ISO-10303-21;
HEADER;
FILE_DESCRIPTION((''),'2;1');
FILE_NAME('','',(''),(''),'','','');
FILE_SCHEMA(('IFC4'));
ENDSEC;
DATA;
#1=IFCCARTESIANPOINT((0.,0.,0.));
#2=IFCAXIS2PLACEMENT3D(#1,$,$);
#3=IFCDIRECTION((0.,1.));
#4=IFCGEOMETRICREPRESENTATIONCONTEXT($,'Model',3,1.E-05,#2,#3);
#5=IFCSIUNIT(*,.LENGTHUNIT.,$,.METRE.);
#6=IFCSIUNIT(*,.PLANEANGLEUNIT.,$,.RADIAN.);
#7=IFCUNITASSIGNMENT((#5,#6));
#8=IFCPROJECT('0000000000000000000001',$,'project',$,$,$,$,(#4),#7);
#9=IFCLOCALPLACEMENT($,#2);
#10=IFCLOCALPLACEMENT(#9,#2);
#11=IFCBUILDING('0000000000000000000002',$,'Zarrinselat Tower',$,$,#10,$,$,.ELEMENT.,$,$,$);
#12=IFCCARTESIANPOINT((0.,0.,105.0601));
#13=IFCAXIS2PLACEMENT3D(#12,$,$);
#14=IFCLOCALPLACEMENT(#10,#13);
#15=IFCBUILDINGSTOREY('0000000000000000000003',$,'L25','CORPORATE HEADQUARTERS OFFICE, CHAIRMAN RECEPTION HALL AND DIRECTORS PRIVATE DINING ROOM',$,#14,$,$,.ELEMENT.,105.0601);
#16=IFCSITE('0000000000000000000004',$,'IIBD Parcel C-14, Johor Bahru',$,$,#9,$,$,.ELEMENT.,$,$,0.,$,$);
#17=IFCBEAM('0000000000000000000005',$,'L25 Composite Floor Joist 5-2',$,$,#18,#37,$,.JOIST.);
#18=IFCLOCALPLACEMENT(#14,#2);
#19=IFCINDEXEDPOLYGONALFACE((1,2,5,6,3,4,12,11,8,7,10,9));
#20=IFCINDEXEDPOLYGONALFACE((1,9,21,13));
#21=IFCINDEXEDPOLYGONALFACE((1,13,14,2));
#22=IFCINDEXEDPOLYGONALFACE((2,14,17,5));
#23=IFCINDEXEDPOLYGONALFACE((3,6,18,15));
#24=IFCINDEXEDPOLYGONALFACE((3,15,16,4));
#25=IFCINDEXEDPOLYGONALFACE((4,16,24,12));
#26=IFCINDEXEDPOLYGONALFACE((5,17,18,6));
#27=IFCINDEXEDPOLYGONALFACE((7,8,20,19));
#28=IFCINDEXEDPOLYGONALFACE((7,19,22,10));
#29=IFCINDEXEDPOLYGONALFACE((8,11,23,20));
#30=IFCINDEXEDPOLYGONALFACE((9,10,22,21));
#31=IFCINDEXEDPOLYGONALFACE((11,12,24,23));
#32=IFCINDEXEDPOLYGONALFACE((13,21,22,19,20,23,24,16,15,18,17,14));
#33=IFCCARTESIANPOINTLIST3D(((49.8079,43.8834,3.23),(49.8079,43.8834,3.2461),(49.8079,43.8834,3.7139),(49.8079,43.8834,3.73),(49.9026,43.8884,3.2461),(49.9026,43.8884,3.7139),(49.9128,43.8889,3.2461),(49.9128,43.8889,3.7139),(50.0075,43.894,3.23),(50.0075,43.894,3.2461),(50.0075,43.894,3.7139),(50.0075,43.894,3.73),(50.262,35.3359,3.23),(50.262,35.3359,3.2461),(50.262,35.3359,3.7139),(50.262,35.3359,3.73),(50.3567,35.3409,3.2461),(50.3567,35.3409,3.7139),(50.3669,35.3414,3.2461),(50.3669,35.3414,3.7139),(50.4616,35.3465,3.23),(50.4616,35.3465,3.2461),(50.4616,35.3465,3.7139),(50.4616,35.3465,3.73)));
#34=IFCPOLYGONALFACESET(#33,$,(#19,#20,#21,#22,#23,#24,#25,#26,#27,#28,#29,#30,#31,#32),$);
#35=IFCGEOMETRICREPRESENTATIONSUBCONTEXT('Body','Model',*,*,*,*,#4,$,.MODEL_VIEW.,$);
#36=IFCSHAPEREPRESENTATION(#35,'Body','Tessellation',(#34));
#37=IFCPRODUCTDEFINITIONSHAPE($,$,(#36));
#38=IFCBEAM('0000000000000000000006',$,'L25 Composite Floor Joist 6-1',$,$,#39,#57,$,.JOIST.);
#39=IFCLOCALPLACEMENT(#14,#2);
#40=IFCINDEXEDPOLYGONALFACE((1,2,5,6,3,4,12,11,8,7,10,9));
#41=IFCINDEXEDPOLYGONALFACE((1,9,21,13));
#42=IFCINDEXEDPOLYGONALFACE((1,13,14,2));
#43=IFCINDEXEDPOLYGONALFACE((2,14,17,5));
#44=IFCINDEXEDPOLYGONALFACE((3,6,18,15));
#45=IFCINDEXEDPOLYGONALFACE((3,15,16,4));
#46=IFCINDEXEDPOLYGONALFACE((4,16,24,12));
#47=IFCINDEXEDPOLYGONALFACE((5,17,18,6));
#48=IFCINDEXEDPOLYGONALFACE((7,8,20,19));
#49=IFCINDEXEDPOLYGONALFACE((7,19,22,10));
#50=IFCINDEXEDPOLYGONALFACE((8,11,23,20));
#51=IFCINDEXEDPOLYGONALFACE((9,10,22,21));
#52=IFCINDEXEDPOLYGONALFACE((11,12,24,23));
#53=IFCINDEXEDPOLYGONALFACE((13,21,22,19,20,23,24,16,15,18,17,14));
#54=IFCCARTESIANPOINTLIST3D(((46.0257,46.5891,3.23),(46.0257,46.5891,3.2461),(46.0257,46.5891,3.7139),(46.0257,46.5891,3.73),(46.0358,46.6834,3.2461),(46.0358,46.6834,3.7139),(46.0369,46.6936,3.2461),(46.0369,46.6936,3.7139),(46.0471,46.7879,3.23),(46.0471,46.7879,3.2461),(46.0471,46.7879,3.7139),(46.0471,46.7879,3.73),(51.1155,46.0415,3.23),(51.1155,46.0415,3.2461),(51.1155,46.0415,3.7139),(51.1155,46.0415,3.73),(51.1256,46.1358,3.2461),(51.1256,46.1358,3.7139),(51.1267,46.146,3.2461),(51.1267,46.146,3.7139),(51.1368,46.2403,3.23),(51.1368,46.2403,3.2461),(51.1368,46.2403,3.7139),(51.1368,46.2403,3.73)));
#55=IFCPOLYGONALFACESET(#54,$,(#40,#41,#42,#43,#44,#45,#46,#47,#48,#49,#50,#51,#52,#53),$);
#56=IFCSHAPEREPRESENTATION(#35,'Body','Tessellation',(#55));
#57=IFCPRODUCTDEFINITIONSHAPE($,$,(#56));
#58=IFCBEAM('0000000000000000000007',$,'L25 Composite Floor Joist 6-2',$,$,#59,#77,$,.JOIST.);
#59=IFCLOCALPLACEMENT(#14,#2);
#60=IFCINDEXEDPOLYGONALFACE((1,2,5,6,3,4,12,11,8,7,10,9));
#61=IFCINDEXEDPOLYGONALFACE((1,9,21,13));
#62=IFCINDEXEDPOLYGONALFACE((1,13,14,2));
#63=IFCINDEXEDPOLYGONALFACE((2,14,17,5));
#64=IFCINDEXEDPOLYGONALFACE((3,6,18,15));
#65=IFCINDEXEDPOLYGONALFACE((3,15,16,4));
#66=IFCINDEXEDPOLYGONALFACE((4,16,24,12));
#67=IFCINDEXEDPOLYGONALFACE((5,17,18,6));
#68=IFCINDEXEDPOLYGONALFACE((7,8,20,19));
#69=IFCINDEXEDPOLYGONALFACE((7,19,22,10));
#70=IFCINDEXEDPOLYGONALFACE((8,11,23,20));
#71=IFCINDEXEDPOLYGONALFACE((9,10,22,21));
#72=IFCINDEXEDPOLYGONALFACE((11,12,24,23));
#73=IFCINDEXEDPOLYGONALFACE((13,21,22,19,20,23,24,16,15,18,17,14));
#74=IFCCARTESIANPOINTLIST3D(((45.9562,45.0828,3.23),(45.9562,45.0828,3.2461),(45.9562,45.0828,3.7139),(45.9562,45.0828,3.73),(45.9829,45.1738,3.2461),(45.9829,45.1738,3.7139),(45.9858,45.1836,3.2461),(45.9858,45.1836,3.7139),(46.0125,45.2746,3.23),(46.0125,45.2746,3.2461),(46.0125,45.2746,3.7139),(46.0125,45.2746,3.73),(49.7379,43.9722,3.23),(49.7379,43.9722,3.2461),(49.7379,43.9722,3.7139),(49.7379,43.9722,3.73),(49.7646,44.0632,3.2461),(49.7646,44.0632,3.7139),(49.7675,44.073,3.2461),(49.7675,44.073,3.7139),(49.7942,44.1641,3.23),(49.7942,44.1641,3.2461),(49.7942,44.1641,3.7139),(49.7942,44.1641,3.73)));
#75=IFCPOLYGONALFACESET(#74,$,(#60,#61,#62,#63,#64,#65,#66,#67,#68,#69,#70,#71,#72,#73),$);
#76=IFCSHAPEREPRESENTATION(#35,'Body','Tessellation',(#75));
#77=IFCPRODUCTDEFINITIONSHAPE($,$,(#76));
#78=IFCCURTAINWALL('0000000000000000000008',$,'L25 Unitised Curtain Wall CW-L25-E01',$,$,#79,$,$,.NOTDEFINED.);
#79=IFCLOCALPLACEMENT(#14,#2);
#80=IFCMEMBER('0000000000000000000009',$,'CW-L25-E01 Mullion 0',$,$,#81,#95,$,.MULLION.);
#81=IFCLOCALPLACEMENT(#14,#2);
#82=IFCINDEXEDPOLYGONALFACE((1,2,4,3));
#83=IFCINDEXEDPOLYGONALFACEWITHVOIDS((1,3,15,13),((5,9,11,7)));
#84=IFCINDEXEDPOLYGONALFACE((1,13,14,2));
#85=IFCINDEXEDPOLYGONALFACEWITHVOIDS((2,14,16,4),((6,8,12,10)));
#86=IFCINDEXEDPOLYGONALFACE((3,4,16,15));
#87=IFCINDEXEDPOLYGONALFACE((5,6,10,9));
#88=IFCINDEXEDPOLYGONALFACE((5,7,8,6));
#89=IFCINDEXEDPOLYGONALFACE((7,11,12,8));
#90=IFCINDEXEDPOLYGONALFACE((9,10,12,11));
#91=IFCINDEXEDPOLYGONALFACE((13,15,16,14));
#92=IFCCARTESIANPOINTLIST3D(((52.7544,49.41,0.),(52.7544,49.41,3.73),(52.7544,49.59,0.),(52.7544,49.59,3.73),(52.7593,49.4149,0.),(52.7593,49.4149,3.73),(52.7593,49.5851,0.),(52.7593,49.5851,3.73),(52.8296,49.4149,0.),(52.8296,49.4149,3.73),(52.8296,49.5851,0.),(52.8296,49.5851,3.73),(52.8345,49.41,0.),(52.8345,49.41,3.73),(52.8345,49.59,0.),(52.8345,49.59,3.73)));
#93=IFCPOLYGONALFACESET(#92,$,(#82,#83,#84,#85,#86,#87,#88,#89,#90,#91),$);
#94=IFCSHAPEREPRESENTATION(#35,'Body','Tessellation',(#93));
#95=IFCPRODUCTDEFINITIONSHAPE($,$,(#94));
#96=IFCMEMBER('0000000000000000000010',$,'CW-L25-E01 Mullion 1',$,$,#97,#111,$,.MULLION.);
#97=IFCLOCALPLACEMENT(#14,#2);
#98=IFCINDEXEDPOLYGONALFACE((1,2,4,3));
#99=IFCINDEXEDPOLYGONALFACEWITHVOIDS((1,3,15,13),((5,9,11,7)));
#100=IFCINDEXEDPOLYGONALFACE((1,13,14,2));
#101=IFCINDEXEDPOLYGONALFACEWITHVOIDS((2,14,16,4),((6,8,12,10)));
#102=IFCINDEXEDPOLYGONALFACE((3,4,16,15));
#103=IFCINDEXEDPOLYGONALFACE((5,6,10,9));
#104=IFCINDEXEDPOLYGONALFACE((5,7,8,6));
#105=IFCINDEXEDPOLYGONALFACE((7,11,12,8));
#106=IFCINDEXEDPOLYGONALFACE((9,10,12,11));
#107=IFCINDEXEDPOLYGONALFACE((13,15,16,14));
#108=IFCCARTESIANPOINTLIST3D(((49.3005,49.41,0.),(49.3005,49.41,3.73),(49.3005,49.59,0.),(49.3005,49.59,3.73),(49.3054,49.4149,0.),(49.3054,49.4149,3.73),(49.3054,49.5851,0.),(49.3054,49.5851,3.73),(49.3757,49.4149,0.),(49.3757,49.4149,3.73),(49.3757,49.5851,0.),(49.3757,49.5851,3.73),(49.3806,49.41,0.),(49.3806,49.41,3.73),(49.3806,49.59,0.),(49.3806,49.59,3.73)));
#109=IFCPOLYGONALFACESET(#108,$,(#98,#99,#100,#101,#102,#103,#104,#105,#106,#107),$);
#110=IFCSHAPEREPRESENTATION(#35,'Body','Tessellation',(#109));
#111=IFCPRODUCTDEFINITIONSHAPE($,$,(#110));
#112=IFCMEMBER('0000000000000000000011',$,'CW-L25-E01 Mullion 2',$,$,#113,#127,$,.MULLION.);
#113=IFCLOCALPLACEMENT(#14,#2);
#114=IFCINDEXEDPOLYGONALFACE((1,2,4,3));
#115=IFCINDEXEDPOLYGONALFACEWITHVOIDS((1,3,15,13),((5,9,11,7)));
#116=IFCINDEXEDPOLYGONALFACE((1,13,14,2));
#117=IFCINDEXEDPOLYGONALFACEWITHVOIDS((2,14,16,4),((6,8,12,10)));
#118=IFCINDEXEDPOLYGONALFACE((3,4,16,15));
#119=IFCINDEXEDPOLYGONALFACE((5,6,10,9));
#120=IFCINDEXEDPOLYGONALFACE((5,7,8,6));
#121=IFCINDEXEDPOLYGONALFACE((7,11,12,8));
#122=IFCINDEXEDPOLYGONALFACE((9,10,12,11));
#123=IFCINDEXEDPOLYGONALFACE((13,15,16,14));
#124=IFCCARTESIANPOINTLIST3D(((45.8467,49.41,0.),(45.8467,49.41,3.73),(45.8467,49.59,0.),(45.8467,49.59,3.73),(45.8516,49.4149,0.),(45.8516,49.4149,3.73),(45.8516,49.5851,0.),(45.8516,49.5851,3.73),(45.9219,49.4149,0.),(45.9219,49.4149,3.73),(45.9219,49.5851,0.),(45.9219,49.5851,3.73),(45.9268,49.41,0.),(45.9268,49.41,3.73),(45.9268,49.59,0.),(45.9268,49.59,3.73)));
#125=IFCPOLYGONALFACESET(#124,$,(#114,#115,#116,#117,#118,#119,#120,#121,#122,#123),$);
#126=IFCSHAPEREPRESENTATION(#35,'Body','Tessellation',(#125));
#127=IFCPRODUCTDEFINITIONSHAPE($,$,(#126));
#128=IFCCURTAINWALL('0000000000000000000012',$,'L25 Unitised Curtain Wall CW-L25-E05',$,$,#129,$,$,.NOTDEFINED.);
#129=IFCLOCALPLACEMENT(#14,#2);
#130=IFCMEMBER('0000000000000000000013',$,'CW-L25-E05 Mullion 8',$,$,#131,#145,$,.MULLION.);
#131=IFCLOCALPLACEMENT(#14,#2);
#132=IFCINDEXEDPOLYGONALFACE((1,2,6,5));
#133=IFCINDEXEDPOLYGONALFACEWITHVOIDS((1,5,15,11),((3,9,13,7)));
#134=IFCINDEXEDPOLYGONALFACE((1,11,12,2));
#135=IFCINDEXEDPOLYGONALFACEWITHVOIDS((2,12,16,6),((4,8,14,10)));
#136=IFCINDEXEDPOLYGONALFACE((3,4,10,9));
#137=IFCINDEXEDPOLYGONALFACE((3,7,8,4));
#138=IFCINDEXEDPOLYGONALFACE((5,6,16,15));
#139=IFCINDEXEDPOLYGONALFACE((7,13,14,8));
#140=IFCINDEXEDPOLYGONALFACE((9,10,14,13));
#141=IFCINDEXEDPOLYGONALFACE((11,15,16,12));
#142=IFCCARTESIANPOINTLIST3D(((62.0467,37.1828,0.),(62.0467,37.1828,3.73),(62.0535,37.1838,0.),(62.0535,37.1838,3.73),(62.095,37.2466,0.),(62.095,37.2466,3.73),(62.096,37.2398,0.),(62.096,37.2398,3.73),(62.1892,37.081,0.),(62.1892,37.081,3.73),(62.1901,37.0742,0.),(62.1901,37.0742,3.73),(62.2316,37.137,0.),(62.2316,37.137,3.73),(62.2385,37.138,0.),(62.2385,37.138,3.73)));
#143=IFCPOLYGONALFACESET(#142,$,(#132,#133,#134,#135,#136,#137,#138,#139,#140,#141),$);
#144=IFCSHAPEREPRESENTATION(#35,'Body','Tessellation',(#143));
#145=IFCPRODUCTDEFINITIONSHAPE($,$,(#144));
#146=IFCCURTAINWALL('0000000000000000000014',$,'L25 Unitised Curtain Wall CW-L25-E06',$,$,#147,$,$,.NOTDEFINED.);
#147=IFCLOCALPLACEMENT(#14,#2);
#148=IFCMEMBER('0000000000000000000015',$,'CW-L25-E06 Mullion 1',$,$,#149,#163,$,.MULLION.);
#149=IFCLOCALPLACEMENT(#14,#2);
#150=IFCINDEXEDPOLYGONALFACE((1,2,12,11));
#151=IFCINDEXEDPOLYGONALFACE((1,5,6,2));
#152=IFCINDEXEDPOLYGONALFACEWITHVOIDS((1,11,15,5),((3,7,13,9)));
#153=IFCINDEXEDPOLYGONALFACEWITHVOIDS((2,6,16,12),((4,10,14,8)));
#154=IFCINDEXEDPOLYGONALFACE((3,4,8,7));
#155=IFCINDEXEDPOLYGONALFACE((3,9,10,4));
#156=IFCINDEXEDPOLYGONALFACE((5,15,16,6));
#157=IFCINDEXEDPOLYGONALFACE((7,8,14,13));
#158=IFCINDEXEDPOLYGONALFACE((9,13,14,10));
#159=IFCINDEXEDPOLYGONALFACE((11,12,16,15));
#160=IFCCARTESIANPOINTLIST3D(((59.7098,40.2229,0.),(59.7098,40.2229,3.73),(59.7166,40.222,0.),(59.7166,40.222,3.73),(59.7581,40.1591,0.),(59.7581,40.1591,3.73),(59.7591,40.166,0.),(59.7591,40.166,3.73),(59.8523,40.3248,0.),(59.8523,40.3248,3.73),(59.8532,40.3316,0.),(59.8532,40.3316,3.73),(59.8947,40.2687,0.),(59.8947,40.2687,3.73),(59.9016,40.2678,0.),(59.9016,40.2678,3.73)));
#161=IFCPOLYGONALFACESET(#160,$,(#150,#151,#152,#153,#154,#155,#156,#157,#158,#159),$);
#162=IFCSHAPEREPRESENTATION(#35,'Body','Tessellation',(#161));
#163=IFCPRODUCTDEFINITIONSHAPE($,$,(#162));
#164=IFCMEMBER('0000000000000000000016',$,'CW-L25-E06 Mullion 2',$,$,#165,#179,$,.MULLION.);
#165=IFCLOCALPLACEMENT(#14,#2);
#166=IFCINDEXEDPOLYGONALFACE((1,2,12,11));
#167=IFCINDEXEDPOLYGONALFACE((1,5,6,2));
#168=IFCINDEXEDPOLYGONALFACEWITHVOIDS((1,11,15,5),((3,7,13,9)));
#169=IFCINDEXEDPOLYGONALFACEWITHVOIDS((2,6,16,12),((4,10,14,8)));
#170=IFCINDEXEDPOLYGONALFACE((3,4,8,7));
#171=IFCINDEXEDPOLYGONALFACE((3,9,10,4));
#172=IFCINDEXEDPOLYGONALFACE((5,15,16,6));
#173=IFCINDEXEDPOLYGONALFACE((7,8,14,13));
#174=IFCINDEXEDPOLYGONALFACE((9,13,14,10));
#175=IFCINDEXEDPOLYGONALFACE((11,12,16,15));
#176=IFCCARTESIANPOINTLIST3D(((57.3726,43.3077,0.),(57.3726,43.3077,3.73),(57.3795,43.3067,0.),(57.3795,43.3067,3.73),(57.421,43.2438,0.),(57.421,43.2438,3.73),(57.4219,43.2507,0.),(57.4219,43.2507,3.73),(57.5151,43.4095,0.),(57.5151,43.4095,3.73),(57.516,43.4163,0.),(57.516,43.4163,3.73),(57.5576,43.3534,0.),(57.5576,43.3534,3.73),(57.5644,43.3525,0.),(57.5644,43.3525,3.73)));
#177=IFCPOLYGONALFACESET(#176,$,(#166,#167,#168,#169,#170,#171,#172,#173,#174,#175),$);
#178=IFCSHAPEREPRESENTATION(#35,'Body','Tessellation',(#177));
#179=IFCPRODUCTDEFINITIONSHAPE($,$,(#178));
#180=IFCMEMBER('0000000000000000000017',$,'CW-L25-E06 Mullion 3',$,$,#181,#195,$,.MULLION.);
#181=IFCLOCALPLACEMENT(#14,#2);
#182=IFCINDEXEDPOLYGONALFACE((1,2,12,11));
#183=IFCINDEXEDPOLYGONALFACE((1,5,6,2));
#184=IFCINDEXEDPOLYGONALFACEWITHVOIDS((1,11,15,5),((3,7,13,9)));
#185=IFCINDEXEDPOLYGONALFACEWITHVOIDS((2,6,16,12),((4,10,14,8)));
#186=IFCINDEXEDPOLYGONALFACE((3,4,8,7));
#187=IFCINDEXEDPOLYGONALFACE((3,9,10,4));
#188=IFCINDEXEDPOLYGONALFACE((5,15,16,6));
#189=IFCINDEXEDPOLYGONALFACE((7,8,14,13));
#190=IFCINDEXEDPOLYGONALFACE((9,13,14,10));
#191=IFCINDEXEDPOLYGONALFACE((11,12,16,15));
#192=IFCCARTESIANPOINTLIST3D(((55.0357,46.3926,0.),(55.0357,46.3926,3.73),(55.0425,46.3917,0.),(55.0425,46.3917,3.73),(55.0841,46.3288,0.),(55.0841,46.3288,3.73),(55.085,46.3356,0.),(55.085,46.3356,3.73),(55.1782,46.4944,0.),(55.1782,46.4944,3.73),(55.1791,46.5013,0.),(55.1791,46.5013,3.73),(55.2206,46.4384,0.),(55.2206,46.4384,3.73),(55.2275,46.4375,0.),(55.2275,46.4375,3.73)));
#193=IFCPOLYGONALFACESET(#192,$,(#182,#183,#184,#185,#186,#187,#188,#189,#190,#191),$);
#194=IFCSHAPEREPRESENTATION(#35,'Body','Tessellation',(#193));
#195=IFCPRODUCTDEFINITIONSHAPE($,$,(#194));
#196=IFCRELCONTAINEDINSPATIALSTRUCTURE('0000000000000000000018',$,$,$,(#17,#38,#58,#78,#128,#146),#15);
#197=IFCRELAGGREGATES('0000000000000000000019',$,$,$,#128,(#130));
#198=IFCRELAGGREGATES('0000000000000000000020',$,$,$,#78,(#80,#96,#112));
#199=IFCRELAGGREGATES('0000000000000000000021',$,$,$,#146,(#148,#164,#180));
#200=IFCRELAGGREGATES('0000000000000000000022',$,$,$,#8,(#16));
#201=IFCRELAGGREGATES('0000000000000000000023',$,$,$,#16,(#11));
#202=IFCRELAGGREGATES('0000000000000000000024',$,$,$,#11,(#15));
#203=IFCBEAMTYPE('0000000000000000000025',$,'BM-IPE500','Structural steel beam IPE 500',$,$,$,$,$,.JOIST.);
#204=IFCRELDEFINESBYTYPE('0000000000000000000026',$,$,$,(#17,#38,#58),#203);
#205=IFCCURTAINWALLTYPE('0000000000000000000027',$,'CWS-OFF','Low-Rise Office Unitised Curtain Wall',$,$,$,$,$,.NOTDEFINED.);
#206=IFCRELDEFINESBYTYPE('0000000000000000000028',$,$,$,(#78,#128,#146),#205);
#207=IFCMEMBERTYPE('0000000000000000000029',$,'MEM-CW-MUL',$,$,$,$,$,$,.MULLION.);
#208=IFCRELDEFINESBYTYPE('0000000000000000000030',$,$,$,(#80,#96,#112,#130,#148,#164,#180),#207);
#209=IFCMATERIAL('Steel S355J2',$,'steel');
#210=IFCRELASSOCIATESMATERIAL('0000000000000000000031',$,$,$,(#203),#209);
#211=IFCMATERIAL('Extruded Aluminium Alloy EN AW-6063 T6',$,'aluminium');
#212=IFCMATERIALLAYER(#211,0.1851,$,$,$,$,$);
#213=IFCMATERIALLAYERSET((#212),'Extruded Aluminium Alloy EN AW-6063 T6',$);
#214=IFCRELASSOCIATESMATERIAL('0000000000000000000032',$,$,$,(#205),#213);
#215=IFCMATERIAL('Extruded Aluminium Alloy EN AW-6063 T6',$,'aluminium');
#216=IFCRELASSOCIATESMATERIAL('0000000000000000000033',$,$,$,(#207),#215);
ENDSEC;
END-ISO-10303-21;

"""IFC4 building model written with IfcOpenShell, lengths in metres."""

from ifc_helpers import new_model, si_unit, direction, frame, origin, origin_2d, place, context, subcontext, project, spatial, hollow_rectangle, i_section, extrude, material, layer, layer_set, material_profile, profile_set, type_object, element, aggregate, save


model = new_model("IFC4")

# Units and contexts
model_context = context("Model", 3, precision=1e-05, world=origin(), true_north=direction((0.0, 1.0)))
body_context = subcontext(model_context, "Body", "Model", "MODEL_VIEW")
ifc_project = project(units=[si_unit("LENGTHUNIT", "METRE"), si_unit("PLANEANGLEUNIT", "RADIAN")], contexts=[model_context])

# Site, building, storey
site_placement = place(None, origin())
site = spatial("IfcSite", under=ifc_project, at=site_placement, Name="IIBD Parcel C-14, Johor Bahru", CompositionType="ELEMENT", RefElevation=0.0)
building_placement = place(site_placement, origin())
building = spatial("IfcBuilding", under=site, at=building_placement, Name="Zarrinselat Tower", CompositionType="ELEMENT")
storey_placement = place(building_placement, frame((0.0, 0.0, 105.0601)))
storey = spatial("IfcBuildingStorey", under=building, at=storey_placement, Name="L25", Description="CORPORATE HEADQUARTERS OFFICE, CHAIRMAN RECEPTION HALL AND DIRECTORS PRIVATE DINING ROOM", CompositionType="ELEMENT", Elevation=105.0601)

# Beams
ifc_material_1 = material(Name="Steel S355J2", Category="steel")
ifc_material_profile_1 = material_profile(ifc_material_1, i_section(OverallWidth=0.2, OverallDepth=0.5, WebThickness=0.0103, FlangeThickness=0.0161, at=origin_2d()), Name="IPE 500")
ifc_profile_set_1 = profile_set([ifc_material_profile_1], Name="Steel S355J2")
beam_type_1 = type_object("IfcBeamType", Name="BM-IPE500", Description="Structural steel beam IPE 500", PredefinedType="JOIST", material=ifc_profile_set_1)
beam_1_placement = place(storey_placement, frame((49.9077, 43.8887, 3.48), z_axis=(0.053051, -0.998592, 0.0), x_axis=(0.998592, 0.053051, 0.0)))
element("IfcBeam", 1, at=beam_1_placement, inside=storey, type_object=beam_type_1, Name="L25 Composite Floor Joist 5-2", PredefinedType="JOIST", context=body_context, shape_type="SweptSolid", body=[
    extrude(i_section(OverallWidth=0.2, OverallDepth=0.5, WebThickness=0.0103, FlangeThickness=0.0161, at=origin_2d()), origin(), (0.0, 0.0, 1.0), 8.5596),
])
beam_2_placement = place(storey_placement, frame((46.0364, 46.6885, 3.48), z_axis=(0.994262, -0.106971, 0.0), x_axis=(0.106971, 0.994262, 0.0)))
element("IfcBeam", 2, at=beam_2_placement, inside=storey, type_object=beam_type_1, Name="L25 Composite Floor Joist 6-1", PredefinedType="JOIST", context=body_context, shape_type="SweptSolid", body=[
    extrude(i_section(OverallWidth=0.2, OverallDepth=0.5, WebThickness=0.0103, FlangeThickness=0.0161, at=origin_2d()), origin(), (0.0, 0.0, 1.0), 5.1191),
])
beam_3_placement = place(storey_placement, frame((45.9844, 45.1787, 3.48), z_axis=(0.959481, -0.281774, 0.0), x_axis=(0.281774, 0.959481, 0.0)))
element("IfcBeam", 3, at=beam_3_placement, inside=storey, type_object=beam_type_1, Name="L25 Composite Floor Joist 6-2", PredefinedType="JOIST", context=body_context, shape_type="SweptSolid", body=[
    extrude(i_section(OverallWidth=0.2, OverallDepth=0.5, WebThickness=0.0103, FlangeThickness=0.0161, at=origin_2d()), origin(), (0.0, 0.0, 1.0), 3.9414),
])

# Curtain wall, members
ifc_material_2 = material(Name="Extruded Aluminium Alloy EN AW-6063 T6", Category="aluminium")
ifc_layer_1 = layer(ifc_material_2, 0.1851)
ifc_layer_set_1 = layer_set([ifc_layer_1], Name="Extruded Aluminium Alloy EN AW-6063 T6")
curtain_wall_type = type_object("IfcCurtainWallType", Name="CWS-OFF", Description="Low-Rise Office Unitised Curtain Wall", PredefinedType="NOTDEFINED", material=ifc_layer_set_1)
curtain_wall_1_placement = place(storey_placement, origin())
curtain_wall_1 = element("IfcCurtainWall", 4, at=curtain_wall_1_placement, inside=storey, type_object=curtain_wall_type, Name="L25 Unitised Curtain Wall CW-L25-E01", PredefinedType="NOTDEFINED")
ifc_material_3 = material(Name="Extruded Aluminium Alloy EN AW-6063 T6", Category="aluminium")
ifc_material_profile_2 = material_profile(ifc_material_3, hollow_rectangle(XDim=0.0801, YDim=0.1799, WallThickness=0.0049, at=origin_2d()), Name="RHS 180x80x5")
ifc_profile_set_2 = profile_set([ifc_material_profile_2], Name="Extruded Aluminium Alloy EN AW-6063 T6")
member_type_1 = type_object("IfcMemberType", Name="MEM-CW-MUL", PredefinedType="MULLION", material=ifc_profile_set_2)
member_1_placement = place(storey_placement, frame((52.7944, 49.5, 0.0), z_axis=(0.0, 0.0, 1.0), x_axis=(-1.0, 0.0, 0.0)))
member_1 = element("IfcMember", 5, at=member_1_placement, type_object=member_type_1, Name="CW-L25-E01 Mullion 0", PredefinedType="MULLION", context=body_context, shape_type="SweptSolid", body=[
    extrude(hollow_rectangle(XDim=0.0801, YDim=0.1799, WallThickness=0.0049, at=origin_2d()), origin(), (0.0, 0.0, 1.0), 3.73),
])
member_2_placement = place(storey_placement, frame((49.3406, 49.5, 0.0), z_axis=(0.0, 0.0, 1.0), x_axis=(-1.0, 0.0, 0.0)))
member_2 = element("IfcMember", 6, at=member_2_placement, type_object=member_type_1, Name="CW-L25-E01 Mullion 1", PredefinedType="MULLION", context=body_context, shape_type="SweptSolid", body=[
    extrude(hollow_rectangle(XDim=0.0801, YDim=0.1799, WallThickness=0.0049, at=origin_2d()), origin(), (0.0, 0.0, 1.0), 3.73),
])
member_3_placement = place(storey_placement, frame((45.8867, 49.5, 0.0), z_axis=(0.0, 0.0, 1.0), x_axis=(-1.0, 0.0, 0.0)))
member_3 = element("IfcMember", 7, at=member_3_placement, type_object=member_type_1, Name="CW-L25-E01 Mullion 2", PredefinedType="MULLION", context=body_context, shape_type="SweptSolid", body=[
    extrude(hollow_rectangle(XDim=0.0801, YDim=0.1799, WallThickness=0.0049, at=origin_2d()), origin(), (0.0, 0.0, 1.0), 3.73),
])

# Curtain wall, member
curtain_wall_2_placement = place(storey_placement, origin())
curtain_wall_2 = element("IfcCurtainWall", 8, at=curtain_wall_2_placement, inside=storey, type_object=curtain_wall_type, Name="L25 Unitised Curtain Wall CW-L25-E05", PredefinedType="NOTDEFINED")
member_4_placement = place(storey_placement, frame((62.1426, 37.1604, 0.0), z_axis=(0.0, 0.0, 1.0), x_axis=(0.603858, 0.797092, 0.0)))
member_4 = element("IfcMember", 9, at=member_4_placement, type_object=member_type_1, Name="CW-L25-E05 Mullion 8", PredefinedType="MULLION", context=body_context, shape_type="SweptSolid", body=[
    extrude(hollow_rectangle(XDim=0.0801, YDim=0.1799, WallThickness=0.0049, at=origin_2d()), origin(), (0.0, 0.0, 1.0), 3.73),
])
aggregate(curtain_wall_2, [member_4])

# Curtain wall, members
curtain_wall_3_placement = place(storey_placement, origin())
curtain_wall_3 = element("IfcCurtainWall", 10, at=curtain_wall_3_placement, inside=storey, type_object=curtain_wall_type, Name="L25 Unitised Curtain Wall CW-L25-E06", PredefinedType="NOTDEFINED")
member_5_placement = place(storey_placement, frame((59.8057, 40.2454, 0.0), z_axis=(0.0, 0.0, 1.0), x_axis=(-0.603858, 0.797092, 0.0)))
member_5 = element("IfcMember", 11, at=member_5_placement, type_object=member_type_1, Name="CW-L25-E06 Mullion 1", PredefinedType="MULLION", context=body_context, shape_type="SweptSolid", body=[
    extrude(hollow_rectangle(XDim=0.0801, YDim=0.1799, WallThickness=0.0049, at=origin_2d()), origin(), (0.0, 0.0, 1.0), 3.73),
])
member_6_placement = place(storey_placement, frame((57.4685, 43.3301, 0.0), z_axis=(0.0, 0.0, 1.0), x_axis=(-0.603858, 0.797092, 0.0)))
member_6 = element("IfcMember", 12, at=member_6_placement, type_object=member_type_1, Name="CW-L25-E06 Mullion 2", PredefinedType="MULLION", context=body_context, shape_type="SweptSolid", body=[
    extrude(hollow_rectangle(XDim=0.0801, YDim=0.1799, WallThickness=0.0049, at=origin_2d()), origin(), (0.0, 0.0, 1.0), 3.73),
])
member_7_placement = place(storey_placement, frame((55.1316, 46.415, 0.0), z_axis=(0.0, 0.0, 1.0), x_axis=(-0.603858, 0.797092, 0.0)))
member_7 = element("IfcMember", 13, at=member_7_placement, type_object=member_type_1, Name="CW-L25-E06 Mullion 3", PredefinedType="MULLION", context=body_context, shape_type="SweptSolid", body=[
    extrude(hollow_rectangle(XDim=0.0801, YDim=0.1799, WallThickness=0.0049, at=origin_2d()), origin(), (0.0, 0.0, 1.0), 3.73),
])

aggregate(curtain_wall_1, [member_1, member_2, member_3])
aggregate(curtain_wall_3, [member_5, member_6, member_7])

save(model, "model.ifc")
